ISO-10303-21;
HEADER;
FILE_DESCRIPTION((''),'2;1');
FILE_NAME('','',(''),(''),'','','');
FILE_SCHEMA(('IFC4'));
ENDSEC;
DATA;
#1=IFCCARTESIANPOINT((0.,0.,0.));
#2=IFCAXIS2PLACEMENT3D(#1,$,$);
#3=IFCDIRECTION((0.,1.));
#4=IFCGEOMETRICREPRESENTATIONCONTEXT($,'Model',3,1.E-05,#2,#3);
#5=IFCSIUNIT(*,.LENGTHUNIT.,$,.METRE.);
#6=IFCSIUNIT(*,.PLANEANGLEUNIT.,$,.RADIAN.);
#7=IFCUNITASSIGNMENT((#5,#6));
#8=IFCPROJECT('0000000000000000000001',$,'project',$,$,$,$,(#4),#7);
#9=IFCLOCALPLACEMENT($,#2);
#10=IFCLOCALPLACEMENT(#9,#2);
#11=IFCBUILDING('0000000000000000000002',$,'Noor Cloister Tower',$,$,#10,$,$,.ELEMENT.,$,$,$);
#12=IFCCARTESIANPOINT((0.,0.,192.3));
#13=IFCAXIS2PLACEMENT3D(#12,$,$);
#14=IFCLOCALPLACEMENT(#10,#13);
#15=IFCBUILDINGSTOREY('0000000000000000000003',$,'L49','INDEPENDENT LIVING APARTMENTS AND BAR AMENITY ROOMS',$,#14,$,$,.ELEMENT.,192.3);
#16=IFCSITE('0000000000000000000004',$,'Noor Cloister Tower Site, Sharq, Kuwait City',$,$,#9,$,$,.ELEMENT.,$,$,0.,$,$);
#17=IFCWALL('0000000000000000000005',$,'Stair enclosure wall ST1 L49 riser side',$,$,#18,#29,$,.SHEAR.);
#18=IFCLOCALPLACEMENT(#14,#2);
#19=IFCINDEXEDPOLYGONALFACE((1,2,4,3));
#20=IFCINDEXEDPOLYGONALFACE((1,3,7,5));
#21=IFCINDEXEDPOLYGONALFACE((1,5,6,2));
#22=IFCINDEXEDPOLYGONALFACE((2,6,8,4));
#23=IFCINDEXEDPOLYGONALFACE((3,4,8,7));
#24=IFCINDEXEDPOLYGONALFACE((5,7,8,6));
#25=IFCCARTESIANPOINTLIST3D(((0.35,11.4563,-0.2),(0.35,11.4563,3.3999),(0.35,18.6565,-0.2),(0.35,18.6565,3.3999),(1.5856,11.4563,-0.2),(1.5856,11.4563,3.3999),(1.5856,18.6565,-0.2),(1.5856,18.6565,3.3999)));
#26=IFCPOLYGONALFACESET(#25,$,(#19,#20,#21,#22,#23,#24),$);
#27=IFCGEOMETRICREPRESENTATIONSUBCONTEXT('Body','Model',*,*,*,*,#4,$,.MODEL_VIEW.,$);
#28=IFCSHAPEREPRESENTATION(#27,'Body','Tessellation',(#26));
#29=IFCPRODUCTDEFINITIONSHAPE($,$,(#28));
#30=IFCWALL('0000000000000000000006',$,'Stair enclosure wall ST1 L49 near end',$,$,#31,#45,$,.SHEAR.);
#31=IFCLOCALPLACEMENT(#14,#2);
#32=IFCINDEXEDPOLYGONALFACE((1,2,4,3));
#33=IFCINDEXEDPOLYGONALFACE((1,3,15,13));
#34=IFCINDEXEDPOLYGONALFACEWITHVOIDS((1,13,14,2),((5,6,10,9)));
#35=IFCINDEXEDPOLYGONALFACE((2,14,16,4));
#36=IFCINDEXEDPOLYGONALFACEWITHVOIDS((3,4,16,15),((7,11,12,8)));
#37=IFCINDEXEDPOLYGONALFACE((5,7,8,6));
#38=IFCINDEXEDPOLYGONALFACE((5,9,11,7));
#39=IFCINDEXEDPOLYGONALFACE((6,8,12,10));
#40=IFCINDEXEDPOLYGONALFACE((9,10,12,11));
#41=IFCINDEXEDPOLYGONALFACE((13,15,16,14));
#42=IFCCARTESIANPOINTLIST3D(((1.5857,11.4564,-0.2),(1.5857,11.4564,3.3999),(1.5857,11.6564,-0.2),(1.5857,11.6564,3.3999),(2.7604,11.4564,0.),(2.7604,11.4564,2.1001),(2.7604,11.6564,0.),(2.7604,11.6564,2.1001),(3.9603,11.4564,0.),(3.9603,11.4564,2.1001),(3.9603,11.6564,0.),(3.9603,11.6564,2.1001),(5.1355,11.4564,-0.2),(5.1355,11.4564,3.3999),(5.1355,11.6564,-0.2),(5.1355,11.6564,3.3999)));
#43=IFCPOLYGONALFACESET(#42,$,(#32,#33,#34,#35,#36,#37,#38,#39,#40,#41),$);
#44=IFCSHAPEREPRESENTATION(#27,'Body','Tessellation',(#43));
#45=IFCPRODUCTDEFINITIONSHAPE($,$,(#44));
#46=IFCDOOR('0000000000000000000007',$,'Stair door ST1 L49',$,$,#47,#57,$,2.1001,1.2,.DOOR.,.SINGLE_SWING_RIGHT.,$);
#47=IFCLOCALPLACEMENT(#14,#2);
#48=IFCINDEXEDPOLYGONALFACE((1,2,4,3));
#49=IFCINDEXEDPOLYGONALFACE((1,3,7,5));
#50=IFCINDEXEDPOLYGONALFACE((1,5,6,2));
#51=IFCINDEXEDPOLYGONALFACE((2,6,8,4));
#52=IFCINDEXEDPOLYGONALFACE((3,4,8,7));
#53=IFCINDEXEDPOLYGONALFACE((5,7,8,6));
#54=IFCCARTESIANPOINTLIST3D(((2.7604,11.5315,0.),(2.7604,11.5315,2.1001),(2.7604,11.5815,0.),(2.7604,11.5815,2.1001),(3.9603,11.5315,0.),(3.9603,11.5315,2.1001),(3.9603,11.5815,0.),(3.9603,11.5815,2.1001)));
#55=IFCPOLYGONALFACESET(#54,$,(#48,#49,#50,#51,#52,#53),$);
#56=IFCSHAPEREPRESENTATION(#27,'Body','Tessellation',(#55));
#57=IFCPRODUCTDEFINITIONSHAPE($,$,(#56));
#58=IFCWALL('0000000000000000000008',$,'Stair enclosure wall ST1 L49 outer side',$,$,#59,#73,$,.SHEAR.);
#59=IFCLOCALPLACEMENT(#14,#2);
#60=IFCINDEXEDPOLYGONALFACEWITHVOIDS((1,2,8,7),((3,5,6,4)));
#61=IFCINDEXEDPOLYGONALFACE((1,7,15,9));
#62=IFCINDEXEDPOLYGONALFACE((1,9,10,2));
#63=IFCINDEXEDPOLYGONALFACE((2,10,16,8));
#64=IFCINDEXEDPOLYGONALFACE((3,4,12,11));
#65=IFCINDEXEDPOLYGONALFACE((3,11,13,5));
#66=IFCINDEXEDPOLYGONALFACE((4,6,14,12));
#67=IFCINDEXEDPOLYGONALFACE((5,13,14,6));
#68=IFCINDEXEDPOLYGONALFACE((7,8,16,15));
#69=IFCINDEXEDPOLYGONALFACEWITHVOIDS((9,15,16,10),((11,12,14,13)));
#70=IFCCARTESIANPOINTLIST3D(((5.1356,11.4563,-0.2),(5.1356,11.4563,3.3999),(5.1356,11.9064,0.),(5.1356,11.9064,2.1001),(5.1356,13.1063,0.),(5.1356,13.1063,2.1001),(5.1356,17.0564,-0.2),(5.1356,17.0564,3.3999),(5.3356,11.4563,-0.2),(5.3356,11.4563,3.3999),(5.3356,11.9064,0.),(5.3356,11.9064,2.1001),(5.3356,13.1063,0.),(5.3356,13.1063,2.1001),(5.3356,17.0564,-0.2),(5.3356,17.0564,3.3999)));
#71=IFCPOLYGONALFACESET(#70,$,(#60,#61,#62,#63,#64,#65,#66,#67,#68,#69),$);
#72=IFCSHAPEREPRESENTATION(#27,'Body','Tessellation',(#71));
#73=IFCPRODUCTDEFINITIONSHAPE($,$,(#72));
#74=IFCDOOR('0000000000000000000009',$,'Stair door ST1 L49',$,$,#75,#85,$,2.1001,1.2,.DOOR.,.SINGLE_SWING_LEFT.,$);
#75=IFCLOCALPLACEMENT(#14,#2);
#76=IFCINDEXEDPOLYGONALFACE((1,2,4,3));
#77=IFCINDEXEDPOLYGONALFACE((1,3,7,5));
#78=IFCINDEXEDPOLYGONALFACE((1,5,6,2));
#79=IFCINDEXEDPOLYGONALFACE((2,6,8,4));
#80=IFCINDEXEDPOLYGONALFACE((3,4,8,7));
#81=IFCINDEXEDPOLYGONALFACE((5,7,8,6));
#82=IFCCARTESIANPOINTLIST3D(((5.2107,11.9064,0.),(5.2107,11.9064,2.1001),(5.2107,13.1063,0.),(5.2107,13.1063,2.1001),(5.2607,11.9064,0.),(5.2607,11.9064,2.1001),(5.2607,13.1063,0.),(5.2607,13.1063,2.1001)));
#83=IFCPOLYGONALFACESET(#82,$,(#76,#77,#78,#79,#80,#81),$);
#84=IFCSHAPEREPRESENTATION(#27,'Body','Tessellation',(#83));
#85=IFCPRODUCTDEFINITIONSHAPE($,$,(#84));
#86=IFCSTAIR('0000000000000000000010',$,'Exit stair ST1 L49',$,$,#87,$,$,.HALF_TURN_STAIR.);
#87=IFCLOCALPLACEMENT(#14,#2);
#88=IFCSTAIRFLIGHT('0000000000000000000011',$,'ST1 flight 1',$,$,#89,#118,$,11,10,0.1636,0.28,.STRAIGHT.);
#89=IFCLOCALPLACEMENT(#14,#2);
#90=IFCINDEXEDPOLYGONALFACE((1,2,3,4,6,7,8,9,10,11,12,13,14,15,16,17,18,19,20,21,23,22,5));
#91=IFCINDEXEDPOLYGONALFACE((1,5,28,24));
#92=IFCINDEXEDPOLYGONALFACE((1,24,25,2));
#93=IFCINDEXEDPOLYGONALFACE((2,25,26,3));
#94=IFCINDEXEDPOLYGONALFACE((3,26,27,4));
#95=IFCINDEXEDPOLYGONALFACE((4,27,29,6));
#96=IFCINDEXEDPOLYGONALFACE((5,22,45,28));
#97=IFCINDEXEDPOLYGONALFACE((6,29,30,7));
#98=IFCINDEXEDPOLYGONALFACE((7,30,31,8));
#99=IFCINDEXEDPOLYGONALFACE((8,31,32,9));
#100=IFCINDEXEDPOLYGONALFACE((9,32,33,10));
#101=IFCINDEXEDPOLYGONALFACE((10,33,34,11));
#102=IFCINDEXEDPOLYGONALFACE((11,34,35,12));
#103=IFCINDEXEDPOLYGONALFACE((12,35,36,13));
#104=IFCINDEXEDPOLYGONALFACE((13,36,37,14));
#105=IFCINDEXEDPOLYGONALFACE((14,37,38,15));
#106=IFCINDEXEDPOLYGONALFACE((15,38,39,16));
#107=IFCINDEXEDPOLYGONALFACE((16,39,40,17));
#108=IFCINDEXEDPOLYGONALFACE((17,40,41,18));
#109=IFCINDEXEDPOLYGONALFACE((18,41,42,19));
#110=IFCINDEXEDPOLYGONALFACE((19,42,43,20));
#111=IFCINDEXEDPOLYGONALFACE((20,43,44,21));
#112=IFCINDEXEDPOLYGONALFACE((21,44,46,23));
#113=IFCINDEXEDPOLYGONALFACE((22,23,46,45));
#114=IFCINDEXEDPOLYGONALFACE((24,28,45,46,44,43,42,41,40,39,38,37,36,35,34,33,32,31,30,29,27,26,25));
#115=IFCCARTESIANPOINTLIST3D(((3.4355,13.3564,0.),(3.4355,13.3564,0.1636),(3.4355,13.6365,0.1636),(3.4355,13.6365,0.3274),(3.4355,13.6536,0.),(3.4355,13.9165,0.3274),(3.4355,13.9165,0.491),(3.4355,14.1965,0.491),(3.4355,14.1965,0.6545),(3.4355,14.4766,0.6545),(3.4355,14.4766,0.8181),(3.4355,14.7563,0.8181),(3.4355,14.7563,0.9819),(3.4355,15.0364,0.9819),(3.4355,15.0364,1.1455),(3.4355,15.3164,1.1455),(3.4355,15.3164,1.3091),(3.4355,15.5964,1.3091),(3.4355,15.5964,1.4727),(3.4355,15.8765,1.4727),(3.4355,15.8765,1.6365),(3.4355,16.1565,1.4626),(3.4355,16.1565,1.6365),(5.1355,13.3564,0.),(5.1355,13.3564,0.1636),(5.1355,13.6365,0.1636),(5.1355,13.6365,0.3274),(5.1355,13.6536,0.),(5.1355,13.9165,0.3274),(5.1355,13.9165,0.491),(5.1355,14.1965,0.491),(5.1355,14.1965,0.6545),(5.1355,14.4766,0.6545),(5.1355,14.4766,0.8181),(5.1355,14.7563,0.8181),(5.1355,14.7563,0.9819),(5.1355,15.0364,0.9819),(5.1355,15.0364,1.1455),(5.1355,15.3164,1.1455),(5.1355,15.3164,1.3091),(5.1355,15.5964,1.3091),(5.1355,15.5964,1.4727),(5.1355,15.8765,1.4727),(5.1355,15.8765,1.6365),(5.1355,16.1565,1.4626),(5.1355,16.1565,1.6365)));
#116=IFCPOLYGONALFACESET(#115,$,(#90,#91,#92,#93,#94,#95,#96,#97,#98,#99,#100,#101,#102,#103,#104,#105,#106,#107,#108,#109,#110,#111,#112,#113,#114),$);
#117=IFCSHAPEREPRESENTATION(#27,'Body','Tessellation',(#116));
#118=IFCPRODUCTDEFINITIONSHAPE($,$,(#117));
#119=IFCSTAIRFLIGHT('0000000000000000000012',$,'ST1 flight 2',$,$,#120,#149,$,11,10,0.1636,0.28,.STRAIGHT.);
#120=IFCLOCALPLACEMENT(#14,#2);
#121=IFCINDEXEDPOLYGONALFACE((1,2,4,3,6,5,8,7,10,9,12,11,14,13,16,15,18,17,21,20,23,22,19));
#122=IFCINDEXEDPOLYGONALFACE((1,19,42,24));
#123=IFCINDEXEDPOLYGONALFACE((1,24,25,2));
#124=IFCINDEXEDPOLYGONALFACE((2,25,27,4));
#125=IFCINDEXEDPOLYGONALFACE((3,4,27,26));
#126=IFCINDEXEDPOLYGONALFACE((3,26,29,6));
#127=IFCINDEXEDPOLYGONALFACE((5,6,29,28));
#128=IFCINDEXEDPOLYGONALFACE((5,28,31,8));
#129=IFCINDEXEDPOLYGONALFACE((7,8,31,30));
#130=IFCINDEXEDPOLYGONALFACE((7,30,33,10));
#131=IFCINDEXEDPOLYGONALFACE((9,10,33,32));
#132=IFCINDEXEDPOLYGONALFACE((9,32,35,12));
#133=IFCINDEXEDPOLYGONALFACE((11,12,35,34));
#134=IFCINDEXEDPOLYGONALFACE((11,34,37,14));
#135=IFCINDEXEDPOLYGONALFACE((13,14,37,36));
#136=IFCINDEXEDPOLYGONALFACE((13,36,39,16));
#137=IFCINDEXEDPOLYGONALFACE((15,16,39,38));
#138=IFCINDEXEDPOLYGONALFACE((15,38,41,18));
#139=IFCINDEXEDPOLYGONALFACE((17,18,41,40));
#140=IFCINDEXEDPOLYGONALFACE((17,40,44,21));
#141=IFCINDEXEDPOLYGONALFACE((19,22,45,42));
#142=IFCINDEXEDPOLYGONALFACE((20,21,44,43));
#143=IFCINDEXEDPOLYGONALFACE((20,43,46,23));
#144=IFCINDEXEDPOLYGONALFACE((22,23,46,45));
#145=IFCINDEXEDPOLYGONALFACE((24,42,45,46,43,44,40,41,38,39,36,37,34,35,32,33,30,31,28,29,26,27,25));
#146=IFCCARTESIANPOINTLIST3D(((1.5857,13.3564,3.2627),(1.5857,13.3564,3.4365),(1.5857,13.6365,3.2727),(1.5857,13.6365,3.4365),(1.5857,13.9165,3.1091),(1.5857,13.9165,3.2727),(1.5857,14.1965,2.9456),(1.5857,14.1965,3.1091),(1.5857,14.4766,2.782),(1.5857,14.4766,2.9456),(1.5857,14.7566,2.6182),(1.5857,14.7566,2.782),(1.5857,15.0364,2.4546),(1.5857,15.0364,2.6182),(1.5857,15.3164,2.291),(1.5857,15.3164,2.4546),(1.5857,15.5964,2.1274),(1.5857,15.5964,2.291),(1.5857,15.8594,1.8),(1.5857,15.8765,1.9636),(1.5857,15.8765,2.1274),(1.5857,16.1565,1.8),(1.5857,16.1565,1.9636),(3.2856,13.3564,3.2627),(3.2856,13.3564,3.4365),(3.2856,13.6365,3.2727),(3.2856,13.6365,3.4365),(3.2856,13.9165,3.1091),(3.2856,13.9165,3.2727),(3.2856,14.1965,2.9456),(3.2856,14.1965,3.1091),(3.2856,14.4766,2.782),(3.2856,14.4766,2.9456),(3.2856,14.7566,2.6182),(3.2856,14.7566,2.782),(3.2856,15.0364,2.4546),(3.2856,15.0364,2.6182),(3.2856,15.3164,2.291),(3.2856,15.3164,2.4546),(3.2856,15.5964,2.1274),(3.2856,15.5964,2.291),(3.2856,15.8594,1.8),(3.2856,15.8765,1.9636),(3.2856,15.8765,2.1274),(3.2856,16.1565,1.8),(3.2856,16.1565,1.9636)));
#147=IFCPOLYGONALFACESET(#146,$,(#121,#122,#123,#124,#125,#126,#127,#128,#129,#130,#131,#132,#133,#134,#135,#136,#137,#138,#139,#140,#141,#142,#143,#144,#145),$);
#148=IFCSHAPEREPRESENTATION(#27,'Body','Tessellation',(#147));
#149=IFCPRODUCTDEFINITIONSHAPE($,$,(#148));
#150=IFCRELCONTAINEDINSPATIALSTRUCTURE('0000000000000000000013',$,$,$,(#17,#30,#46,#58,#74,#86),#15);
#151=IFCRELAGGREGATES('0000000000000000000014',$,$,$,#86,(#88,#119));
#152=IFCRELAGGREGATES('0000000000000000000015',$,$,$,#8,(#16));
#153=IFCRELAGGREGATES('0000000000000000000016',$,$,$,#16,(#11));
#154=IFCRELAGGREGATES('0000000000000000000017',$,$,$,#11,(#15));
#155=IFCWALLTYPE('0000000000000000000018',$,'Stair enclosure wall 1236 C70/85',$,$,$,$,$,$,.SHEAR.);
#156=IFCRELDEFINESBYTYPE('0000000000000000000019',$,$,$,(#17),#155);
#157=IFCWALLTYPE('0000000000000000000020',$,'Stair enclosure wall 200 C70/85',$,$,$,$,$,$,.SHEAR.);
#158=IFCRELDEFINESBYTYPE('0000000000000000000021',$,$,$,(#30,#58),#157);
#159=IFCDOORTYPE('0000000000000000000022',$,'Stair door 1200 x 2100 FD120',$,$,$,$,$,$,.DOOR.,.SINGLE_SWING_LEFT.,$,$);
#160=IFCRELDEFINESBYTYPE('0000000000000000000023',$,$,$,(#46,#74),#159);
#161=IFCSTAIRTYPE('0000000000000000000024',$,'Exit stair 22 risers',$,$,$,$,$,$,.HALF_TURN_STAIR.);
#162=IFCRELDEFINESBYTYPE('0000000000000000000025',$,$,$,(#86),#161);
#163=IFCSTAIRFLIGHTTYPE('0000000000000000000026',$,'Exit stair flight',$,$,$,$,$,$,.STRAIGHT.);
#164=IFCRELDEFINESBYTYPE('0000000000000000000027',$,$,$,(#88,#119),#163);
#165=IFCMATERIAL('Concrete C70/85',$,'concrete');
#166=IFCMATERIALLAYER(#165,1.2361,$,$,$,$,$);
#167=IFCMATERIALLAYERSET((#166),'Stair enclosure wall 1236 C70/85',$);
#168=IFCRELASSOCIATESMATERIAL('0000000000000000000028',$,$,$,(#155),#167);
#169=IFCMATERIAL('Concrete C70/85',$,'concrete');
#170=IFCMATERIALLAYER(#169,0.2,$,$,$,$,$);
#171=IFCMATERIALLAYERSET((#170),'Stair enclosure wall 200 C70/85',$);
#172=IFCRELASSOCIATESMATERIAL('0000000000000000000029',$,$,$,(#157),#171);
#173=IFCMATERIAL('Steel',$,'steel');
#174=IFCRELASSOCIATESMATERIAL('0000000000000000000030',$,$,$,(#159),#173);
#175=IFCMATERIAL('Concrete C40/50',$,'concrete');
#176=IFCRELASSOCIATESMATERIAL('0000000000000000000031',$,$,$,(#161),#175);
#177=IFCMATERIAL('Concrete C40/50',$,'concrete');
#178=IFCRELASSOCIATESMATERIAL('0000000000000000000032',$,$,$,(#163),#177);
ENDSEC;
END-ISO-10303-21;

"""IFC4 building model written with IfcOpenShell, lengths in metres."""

from ifc_helpers import new_model, si_unit, direction, frame, frame_2d, origin, place, context, subcontext, project, spatial, polyline, rectangle, outline, extrude, material, layer, layer_set, type_object, element, fill, aggregate, save


model = new_model("IFC4")

# Units and contexts
model_context = context("Model", 3, precision=1e-05, world=origin(), true_north=direction((0.0, 1.0)))
body_context = subcontext(model_context, "Body", "Model", "MODEL_VIEW")
ifc_project = project(units=[si_unit("LENGTHUNIT", "METRE"), si_unit("PLANEANGLEUNIT", "RADIAN")], contexts=[model_context])

# Site, building, storey
site_placement = place(None, origin())
site = spatial("IfcSite", under=ifc_project, at=site_placement, Name="Noor Cloister Tower Site, Sharq, Kuwait City", CompositionType="ELEMENT", RefElevation=0.0)
building_placement = place(site_placement, origin())
building = spatial("IfcBuilding", under=site, at=building_placement, Name="Noor Cloister Tower", CompositionType="ELEMENT")
storey_placement = place(building_placement, frame((0.0, 0.0, 192.3)))
storey = spatial("IfcBuildingStorey", under=building, at=storey_placement, Name="L49", Description="INDEPENDENT LIVING APARTMENTS AND BAR AMENITY ROOMS", CompositionType="ELEMENT", Elevation=192.3)

# Wall
ifc_material_1 = material(Name="Concrete C70/85", Category="concrete")
ifc_layer_1 = layer(ifc_material_1, 1.2361)
ifc_layer_set_1 = layer_set([ifc_layer_1], Name="Stair enclosure wall 1236 C70/85")
wall_type_1 = type_object("IfcWallType", Name="Stair enclosure wall 1236 C70/85", PredefinedType="SHEAR", material=ifc_layer_set_1)
wall_1_placement = place(storey_placement, frame((0.9678, 11.4563, -0.2), z_axis=(0.0, 0.0, 1.0), x_axis=(0.0, 1.0, 0.0)))
element("IfcWall", 1, at=wall_1_placement, inside=storey, type_object=wall_type_1, Name="Stair enclosure wall ST1 L49 riser side", PredefinedType="SHEAR", context=body_context, shape_type="SweptSolid", body=[
    extrude(rectangle(XDim=7.2002, YDim=1.2356, at=frame_2d((3.6001, 0.0))), origin(), (0.0, 0.0, 1.0), 3.5999),
])

# Walls, openings, doors
ifc_material_2 = material(Name="Concrete C70/85", Category="concrete")
ifc_layer_2 = layer(ifc_material_2, 0.2)
ifc_layer_set_2 = layer_set([ifc_layer_2], Name="Stair enclosure wall 200 C70/85")
wall_type_2 = type_object("IfcWallType", Name="Stair enclosure wall 200 C70/85", PredefinedType="SHEAR", material=ifc_layer_set_2)
wall_2_placement = place(storey_placement, frame((5.1355, 11.5564, -0.2), z_axis=(0.0, 0.0, 1.0), x_axis=(-1.0, 0.0, 0.0)))
wall_2 = element("IfcWall", 2, at=wall_2_placement, inside=storey, type_object=wall_type_2, Name="Stair enclosure wall ST1 L49 near end", PredefinedType="SHEAR", context=body_context, shape_type="SweptSolid", body=[
    extrude(rectangle(XDim=3.5498, YDim=0.2, at=frame_2d((1.7749, 0.0))), origin(), (0.0, 0.0, 1.0), 3.5999),
])
opening_1_placement = place(wall_2_placement, frame((1.175, 0.0, 0.2)))
opening_1 = element("IfcOpeningElement", 3, at=opening_1_placement, cuts=wall_2, PredefinedType="OPENING", context=body_context, shape_type="SweptSolid", body=[
    extrude(rectangle(XDim=1.2, YDim=2.1001, at=frame_2d((0.6001, 1.05))), frame((0.0, 0.1099, 0.0), z_axis=(0.0, -1.0, 0.0), x_axis=(1.0, 0.0, 0.0)), (0.0, 0.0, 1.0), 0.22),
])
ifc_material_3 = material(Name="Steel", Category="steel")
door_type_1 = type_object("IfcDoorType", Name="Stair door 1200 x 2100 FD120", OperationType="SINGLE_SWING_LEFT", PredefinedType="DOOR", material=ifc_material_3)
door_1_placement = place(opening_1_placement, origin())
door_1 = element("IfcDoor", 4, at=door_1_placement, inside=storey, type_object=door_type_1, Name="Stair door ST1 L49", OperationType="SINGLE_SWING_RIGHT", OverallHeight=2.1001, OverallWidth=1.2, PredefinedType="DOOR", context=body_context, shape_type="SweptSolid", body=[
    extrude(rectangle(XDim=1.2, YDim=2.1001, at=frame_2d((0.6001, 1.05))), frame((0.0, 0.0249, 0.0), z_axis=(0.0, -1.0, 0.0), x_axis=(1.0, 0.0, 0.0)), (0.0, 0.0, 1.0), 0.05),
])
fill(opening_1, door_1)
wall_3_placement = place(storey_placement, frame((5.2356, 11.4563, -0.2), z_axis=(0.0, 0.0, 1.0), x_axis=(0.0, 1.0, 0.0)))
wall_3 = element("IfcWall", 5, at=wall_3_placement, inside=storey, type_object=wall_type_2, Name="Stair enclosure wall ST1 L49 outer side", PredefinedType="SHEAR", context=body_context, shape_type="SweptSolid", body=[
    extrude(rectangle(XDim=5.6001, YDim=0.2, at=frame_2d((2.8, 0.0))), origin(), (0.0, 0.0, 1.0), 3.5999),
])
opening_2_placement = place(wall_3_placement, frame((0.45, 0.0, 0.2)))
opening_2 = element("IfcOpeningElement", 6, at=opening_2_placement, cuts=wall_3, PredefinedType="OPENING", context=body_context, shape_type="SweptSolid", body=[
    extrude(rectangle(XDim=1.2, YDim=2.1001, at=frame_2d((0.6001, 1.05))), frame((0.0, 0.1099, 0.0), z_axis=(0.0, -1.0, 0.0), x_axis=(1.0, 0.0, 0.0)), (0.0, 0.0, 1.0), 0.22),
])
door_2_placement = place(opening_2_placement, origin())
door_2 = element("IfcDoor", 7, at=door_2_placement, inside=storey, type_object=door_type_1, Name="Stair door ST1 L49", OperationType="SINGLE_SWING_LEFT", OverallHeight=2.1001, OverallWidth=1.2, PredefinedType="DOOR", context=body_context, shape_type="SweptSolid", body=[
    extrude(rectangle(XDim=1.2, YDim=2.1001, at=frame_2d((0.6001, 1.05))), frame((0.0, 0.0249, 0.0), z_axis=(0.0, -1.0, 0.0), x_axis=(1.0, 0.0, 0.0)), (0.0, 0.0, 1.0), 0.05),
])
fill(opening_2, door_2)

# Stair, stair flights
ifc_material_4 = material(Name="Concrete C40/50", Category="concrete")
stair_type = type_object("IfcStairType", Name="Exit stair 22 risers", PredefinedType="HALF_TURN_STAIR", material=ifc_material_4)
stair_placement = place(storey_placement, origin())
stair = element("IfcStair", 8, at=stair_placement, inside=storey, type_object=stair_type, Name="Exit stair ST1 L49", PredefinedType="HALF_TURN_STAIR")
ifc_material_5 = material(Name="Concrete C40/50", Category="concrete")
stair_flight_type = type_object("IfcStairFlightType", Name="Exit stair flight", PredefinedType="STRAIGHT", material=ifc_material_5)
stair_flight_1_placement = place(storey_placement, frame((4.2856, 13.3564, 0.0), z_axis=(0.0, 0.0, 1.0), x_axis=(0.0, 1.0, 0.0)))
stair_flight_1 = element("IfcStairFlight", 9, at=stair_flight_1_placement, type_object=stair_flight_type, Name="ST1 flight 1", NumberOfRisers=11, NumberOfTreads=10, PredefinedType="STRAIGHT", RiserHeight=0.1636, TreadLength=0.28, context=body_context, shape_type="SweptSolid", body=[
    extrude(outline(polyline([(0.0, 0.0), (0.0, 0.1636), (0.28, 0.1636), (0.28, 0.3274), (0.5601, 0.3274), (0.5601, 0.491), (0.8401, 0.491), (0.8401, 0.6545), (1.1201, 0.6545), (1.1201, 0.8181), (1.3999, 0.8181), (1.3999, 0.9819), (1.6799, 0.9819), (1.6799, 1.1455), (1.96, 1.1455), (1.96, 1.3091), (2.24, 1.3091), (2.24, 1.4727), (2.52, 1.4727), (2.52, 1.6365), (2.8, 1.6365), (2.8, 1.8), (2.8, 1.4626), (0.2971, 0.0), (0.0, 0.0)])), frame((0.0, 0.8501, 0.0), z_axis=(0.0, -1.0, 0.0), x_axis=(1.0, 0.0, 0.0)), (0.0, 0.0, 1.0), 1.7),
])
stair_flight_2_placement = place(storey_placement, frame((2.4355, 16.1565, 1.8), z_axis=(0.0, 0.0, 1.0), x_axis=(0.0, -1.0, 0.0)))
stair_flight_2 = element("IfcStairFlight", 10, at=stair_flight_2_placement, type_object=stair_flight_type, Name="ST1 flight 2", NumberOfRisers=11, NumberOfTreads=10, PredefinedType="STRAIGHT", RiserHeight=0.1636, TreadLength=0.28, context=body_context, shape_type="SweptSolid", body=[
    extrude(outline(polyline([(0.0, 0.0), (0.0, 0.1636), (0.28, 0.1636), (0.28, 0.3274), (0.5601, 0.3274), (0.5601, 0.491), (0.8401, 0.491), (0.8401, 0.6545), (1.1201, 0.6545), (1.1201, 0.8181), (1.3999, 0.8181), (1.3999, 0.9819), (1.6799, 0.9819), (1.6799, 1.1455), (1.96, 1.1455), (1.96, 1.3091), (2.24, 1.3091), (2.24, 1.4727), (2.52, 1.4727), (2.52, 1.6365), (2.8, 1.6365), (2.8, 1.8), (2.8, 1.4626), (0.2971, 0.0), (0.0, 0.0)])), frame((0.0, 0.8501, 0.0), z_axis=(0.0, -1.0, 0.0), x_axis=(1.0, 0.0, 0.0)), (0.0, 0.0, 1.0), 1.7),
])
aggregate(stair, [stair_flight_1, stair_flight_2])

save(model, "model.ifc")
